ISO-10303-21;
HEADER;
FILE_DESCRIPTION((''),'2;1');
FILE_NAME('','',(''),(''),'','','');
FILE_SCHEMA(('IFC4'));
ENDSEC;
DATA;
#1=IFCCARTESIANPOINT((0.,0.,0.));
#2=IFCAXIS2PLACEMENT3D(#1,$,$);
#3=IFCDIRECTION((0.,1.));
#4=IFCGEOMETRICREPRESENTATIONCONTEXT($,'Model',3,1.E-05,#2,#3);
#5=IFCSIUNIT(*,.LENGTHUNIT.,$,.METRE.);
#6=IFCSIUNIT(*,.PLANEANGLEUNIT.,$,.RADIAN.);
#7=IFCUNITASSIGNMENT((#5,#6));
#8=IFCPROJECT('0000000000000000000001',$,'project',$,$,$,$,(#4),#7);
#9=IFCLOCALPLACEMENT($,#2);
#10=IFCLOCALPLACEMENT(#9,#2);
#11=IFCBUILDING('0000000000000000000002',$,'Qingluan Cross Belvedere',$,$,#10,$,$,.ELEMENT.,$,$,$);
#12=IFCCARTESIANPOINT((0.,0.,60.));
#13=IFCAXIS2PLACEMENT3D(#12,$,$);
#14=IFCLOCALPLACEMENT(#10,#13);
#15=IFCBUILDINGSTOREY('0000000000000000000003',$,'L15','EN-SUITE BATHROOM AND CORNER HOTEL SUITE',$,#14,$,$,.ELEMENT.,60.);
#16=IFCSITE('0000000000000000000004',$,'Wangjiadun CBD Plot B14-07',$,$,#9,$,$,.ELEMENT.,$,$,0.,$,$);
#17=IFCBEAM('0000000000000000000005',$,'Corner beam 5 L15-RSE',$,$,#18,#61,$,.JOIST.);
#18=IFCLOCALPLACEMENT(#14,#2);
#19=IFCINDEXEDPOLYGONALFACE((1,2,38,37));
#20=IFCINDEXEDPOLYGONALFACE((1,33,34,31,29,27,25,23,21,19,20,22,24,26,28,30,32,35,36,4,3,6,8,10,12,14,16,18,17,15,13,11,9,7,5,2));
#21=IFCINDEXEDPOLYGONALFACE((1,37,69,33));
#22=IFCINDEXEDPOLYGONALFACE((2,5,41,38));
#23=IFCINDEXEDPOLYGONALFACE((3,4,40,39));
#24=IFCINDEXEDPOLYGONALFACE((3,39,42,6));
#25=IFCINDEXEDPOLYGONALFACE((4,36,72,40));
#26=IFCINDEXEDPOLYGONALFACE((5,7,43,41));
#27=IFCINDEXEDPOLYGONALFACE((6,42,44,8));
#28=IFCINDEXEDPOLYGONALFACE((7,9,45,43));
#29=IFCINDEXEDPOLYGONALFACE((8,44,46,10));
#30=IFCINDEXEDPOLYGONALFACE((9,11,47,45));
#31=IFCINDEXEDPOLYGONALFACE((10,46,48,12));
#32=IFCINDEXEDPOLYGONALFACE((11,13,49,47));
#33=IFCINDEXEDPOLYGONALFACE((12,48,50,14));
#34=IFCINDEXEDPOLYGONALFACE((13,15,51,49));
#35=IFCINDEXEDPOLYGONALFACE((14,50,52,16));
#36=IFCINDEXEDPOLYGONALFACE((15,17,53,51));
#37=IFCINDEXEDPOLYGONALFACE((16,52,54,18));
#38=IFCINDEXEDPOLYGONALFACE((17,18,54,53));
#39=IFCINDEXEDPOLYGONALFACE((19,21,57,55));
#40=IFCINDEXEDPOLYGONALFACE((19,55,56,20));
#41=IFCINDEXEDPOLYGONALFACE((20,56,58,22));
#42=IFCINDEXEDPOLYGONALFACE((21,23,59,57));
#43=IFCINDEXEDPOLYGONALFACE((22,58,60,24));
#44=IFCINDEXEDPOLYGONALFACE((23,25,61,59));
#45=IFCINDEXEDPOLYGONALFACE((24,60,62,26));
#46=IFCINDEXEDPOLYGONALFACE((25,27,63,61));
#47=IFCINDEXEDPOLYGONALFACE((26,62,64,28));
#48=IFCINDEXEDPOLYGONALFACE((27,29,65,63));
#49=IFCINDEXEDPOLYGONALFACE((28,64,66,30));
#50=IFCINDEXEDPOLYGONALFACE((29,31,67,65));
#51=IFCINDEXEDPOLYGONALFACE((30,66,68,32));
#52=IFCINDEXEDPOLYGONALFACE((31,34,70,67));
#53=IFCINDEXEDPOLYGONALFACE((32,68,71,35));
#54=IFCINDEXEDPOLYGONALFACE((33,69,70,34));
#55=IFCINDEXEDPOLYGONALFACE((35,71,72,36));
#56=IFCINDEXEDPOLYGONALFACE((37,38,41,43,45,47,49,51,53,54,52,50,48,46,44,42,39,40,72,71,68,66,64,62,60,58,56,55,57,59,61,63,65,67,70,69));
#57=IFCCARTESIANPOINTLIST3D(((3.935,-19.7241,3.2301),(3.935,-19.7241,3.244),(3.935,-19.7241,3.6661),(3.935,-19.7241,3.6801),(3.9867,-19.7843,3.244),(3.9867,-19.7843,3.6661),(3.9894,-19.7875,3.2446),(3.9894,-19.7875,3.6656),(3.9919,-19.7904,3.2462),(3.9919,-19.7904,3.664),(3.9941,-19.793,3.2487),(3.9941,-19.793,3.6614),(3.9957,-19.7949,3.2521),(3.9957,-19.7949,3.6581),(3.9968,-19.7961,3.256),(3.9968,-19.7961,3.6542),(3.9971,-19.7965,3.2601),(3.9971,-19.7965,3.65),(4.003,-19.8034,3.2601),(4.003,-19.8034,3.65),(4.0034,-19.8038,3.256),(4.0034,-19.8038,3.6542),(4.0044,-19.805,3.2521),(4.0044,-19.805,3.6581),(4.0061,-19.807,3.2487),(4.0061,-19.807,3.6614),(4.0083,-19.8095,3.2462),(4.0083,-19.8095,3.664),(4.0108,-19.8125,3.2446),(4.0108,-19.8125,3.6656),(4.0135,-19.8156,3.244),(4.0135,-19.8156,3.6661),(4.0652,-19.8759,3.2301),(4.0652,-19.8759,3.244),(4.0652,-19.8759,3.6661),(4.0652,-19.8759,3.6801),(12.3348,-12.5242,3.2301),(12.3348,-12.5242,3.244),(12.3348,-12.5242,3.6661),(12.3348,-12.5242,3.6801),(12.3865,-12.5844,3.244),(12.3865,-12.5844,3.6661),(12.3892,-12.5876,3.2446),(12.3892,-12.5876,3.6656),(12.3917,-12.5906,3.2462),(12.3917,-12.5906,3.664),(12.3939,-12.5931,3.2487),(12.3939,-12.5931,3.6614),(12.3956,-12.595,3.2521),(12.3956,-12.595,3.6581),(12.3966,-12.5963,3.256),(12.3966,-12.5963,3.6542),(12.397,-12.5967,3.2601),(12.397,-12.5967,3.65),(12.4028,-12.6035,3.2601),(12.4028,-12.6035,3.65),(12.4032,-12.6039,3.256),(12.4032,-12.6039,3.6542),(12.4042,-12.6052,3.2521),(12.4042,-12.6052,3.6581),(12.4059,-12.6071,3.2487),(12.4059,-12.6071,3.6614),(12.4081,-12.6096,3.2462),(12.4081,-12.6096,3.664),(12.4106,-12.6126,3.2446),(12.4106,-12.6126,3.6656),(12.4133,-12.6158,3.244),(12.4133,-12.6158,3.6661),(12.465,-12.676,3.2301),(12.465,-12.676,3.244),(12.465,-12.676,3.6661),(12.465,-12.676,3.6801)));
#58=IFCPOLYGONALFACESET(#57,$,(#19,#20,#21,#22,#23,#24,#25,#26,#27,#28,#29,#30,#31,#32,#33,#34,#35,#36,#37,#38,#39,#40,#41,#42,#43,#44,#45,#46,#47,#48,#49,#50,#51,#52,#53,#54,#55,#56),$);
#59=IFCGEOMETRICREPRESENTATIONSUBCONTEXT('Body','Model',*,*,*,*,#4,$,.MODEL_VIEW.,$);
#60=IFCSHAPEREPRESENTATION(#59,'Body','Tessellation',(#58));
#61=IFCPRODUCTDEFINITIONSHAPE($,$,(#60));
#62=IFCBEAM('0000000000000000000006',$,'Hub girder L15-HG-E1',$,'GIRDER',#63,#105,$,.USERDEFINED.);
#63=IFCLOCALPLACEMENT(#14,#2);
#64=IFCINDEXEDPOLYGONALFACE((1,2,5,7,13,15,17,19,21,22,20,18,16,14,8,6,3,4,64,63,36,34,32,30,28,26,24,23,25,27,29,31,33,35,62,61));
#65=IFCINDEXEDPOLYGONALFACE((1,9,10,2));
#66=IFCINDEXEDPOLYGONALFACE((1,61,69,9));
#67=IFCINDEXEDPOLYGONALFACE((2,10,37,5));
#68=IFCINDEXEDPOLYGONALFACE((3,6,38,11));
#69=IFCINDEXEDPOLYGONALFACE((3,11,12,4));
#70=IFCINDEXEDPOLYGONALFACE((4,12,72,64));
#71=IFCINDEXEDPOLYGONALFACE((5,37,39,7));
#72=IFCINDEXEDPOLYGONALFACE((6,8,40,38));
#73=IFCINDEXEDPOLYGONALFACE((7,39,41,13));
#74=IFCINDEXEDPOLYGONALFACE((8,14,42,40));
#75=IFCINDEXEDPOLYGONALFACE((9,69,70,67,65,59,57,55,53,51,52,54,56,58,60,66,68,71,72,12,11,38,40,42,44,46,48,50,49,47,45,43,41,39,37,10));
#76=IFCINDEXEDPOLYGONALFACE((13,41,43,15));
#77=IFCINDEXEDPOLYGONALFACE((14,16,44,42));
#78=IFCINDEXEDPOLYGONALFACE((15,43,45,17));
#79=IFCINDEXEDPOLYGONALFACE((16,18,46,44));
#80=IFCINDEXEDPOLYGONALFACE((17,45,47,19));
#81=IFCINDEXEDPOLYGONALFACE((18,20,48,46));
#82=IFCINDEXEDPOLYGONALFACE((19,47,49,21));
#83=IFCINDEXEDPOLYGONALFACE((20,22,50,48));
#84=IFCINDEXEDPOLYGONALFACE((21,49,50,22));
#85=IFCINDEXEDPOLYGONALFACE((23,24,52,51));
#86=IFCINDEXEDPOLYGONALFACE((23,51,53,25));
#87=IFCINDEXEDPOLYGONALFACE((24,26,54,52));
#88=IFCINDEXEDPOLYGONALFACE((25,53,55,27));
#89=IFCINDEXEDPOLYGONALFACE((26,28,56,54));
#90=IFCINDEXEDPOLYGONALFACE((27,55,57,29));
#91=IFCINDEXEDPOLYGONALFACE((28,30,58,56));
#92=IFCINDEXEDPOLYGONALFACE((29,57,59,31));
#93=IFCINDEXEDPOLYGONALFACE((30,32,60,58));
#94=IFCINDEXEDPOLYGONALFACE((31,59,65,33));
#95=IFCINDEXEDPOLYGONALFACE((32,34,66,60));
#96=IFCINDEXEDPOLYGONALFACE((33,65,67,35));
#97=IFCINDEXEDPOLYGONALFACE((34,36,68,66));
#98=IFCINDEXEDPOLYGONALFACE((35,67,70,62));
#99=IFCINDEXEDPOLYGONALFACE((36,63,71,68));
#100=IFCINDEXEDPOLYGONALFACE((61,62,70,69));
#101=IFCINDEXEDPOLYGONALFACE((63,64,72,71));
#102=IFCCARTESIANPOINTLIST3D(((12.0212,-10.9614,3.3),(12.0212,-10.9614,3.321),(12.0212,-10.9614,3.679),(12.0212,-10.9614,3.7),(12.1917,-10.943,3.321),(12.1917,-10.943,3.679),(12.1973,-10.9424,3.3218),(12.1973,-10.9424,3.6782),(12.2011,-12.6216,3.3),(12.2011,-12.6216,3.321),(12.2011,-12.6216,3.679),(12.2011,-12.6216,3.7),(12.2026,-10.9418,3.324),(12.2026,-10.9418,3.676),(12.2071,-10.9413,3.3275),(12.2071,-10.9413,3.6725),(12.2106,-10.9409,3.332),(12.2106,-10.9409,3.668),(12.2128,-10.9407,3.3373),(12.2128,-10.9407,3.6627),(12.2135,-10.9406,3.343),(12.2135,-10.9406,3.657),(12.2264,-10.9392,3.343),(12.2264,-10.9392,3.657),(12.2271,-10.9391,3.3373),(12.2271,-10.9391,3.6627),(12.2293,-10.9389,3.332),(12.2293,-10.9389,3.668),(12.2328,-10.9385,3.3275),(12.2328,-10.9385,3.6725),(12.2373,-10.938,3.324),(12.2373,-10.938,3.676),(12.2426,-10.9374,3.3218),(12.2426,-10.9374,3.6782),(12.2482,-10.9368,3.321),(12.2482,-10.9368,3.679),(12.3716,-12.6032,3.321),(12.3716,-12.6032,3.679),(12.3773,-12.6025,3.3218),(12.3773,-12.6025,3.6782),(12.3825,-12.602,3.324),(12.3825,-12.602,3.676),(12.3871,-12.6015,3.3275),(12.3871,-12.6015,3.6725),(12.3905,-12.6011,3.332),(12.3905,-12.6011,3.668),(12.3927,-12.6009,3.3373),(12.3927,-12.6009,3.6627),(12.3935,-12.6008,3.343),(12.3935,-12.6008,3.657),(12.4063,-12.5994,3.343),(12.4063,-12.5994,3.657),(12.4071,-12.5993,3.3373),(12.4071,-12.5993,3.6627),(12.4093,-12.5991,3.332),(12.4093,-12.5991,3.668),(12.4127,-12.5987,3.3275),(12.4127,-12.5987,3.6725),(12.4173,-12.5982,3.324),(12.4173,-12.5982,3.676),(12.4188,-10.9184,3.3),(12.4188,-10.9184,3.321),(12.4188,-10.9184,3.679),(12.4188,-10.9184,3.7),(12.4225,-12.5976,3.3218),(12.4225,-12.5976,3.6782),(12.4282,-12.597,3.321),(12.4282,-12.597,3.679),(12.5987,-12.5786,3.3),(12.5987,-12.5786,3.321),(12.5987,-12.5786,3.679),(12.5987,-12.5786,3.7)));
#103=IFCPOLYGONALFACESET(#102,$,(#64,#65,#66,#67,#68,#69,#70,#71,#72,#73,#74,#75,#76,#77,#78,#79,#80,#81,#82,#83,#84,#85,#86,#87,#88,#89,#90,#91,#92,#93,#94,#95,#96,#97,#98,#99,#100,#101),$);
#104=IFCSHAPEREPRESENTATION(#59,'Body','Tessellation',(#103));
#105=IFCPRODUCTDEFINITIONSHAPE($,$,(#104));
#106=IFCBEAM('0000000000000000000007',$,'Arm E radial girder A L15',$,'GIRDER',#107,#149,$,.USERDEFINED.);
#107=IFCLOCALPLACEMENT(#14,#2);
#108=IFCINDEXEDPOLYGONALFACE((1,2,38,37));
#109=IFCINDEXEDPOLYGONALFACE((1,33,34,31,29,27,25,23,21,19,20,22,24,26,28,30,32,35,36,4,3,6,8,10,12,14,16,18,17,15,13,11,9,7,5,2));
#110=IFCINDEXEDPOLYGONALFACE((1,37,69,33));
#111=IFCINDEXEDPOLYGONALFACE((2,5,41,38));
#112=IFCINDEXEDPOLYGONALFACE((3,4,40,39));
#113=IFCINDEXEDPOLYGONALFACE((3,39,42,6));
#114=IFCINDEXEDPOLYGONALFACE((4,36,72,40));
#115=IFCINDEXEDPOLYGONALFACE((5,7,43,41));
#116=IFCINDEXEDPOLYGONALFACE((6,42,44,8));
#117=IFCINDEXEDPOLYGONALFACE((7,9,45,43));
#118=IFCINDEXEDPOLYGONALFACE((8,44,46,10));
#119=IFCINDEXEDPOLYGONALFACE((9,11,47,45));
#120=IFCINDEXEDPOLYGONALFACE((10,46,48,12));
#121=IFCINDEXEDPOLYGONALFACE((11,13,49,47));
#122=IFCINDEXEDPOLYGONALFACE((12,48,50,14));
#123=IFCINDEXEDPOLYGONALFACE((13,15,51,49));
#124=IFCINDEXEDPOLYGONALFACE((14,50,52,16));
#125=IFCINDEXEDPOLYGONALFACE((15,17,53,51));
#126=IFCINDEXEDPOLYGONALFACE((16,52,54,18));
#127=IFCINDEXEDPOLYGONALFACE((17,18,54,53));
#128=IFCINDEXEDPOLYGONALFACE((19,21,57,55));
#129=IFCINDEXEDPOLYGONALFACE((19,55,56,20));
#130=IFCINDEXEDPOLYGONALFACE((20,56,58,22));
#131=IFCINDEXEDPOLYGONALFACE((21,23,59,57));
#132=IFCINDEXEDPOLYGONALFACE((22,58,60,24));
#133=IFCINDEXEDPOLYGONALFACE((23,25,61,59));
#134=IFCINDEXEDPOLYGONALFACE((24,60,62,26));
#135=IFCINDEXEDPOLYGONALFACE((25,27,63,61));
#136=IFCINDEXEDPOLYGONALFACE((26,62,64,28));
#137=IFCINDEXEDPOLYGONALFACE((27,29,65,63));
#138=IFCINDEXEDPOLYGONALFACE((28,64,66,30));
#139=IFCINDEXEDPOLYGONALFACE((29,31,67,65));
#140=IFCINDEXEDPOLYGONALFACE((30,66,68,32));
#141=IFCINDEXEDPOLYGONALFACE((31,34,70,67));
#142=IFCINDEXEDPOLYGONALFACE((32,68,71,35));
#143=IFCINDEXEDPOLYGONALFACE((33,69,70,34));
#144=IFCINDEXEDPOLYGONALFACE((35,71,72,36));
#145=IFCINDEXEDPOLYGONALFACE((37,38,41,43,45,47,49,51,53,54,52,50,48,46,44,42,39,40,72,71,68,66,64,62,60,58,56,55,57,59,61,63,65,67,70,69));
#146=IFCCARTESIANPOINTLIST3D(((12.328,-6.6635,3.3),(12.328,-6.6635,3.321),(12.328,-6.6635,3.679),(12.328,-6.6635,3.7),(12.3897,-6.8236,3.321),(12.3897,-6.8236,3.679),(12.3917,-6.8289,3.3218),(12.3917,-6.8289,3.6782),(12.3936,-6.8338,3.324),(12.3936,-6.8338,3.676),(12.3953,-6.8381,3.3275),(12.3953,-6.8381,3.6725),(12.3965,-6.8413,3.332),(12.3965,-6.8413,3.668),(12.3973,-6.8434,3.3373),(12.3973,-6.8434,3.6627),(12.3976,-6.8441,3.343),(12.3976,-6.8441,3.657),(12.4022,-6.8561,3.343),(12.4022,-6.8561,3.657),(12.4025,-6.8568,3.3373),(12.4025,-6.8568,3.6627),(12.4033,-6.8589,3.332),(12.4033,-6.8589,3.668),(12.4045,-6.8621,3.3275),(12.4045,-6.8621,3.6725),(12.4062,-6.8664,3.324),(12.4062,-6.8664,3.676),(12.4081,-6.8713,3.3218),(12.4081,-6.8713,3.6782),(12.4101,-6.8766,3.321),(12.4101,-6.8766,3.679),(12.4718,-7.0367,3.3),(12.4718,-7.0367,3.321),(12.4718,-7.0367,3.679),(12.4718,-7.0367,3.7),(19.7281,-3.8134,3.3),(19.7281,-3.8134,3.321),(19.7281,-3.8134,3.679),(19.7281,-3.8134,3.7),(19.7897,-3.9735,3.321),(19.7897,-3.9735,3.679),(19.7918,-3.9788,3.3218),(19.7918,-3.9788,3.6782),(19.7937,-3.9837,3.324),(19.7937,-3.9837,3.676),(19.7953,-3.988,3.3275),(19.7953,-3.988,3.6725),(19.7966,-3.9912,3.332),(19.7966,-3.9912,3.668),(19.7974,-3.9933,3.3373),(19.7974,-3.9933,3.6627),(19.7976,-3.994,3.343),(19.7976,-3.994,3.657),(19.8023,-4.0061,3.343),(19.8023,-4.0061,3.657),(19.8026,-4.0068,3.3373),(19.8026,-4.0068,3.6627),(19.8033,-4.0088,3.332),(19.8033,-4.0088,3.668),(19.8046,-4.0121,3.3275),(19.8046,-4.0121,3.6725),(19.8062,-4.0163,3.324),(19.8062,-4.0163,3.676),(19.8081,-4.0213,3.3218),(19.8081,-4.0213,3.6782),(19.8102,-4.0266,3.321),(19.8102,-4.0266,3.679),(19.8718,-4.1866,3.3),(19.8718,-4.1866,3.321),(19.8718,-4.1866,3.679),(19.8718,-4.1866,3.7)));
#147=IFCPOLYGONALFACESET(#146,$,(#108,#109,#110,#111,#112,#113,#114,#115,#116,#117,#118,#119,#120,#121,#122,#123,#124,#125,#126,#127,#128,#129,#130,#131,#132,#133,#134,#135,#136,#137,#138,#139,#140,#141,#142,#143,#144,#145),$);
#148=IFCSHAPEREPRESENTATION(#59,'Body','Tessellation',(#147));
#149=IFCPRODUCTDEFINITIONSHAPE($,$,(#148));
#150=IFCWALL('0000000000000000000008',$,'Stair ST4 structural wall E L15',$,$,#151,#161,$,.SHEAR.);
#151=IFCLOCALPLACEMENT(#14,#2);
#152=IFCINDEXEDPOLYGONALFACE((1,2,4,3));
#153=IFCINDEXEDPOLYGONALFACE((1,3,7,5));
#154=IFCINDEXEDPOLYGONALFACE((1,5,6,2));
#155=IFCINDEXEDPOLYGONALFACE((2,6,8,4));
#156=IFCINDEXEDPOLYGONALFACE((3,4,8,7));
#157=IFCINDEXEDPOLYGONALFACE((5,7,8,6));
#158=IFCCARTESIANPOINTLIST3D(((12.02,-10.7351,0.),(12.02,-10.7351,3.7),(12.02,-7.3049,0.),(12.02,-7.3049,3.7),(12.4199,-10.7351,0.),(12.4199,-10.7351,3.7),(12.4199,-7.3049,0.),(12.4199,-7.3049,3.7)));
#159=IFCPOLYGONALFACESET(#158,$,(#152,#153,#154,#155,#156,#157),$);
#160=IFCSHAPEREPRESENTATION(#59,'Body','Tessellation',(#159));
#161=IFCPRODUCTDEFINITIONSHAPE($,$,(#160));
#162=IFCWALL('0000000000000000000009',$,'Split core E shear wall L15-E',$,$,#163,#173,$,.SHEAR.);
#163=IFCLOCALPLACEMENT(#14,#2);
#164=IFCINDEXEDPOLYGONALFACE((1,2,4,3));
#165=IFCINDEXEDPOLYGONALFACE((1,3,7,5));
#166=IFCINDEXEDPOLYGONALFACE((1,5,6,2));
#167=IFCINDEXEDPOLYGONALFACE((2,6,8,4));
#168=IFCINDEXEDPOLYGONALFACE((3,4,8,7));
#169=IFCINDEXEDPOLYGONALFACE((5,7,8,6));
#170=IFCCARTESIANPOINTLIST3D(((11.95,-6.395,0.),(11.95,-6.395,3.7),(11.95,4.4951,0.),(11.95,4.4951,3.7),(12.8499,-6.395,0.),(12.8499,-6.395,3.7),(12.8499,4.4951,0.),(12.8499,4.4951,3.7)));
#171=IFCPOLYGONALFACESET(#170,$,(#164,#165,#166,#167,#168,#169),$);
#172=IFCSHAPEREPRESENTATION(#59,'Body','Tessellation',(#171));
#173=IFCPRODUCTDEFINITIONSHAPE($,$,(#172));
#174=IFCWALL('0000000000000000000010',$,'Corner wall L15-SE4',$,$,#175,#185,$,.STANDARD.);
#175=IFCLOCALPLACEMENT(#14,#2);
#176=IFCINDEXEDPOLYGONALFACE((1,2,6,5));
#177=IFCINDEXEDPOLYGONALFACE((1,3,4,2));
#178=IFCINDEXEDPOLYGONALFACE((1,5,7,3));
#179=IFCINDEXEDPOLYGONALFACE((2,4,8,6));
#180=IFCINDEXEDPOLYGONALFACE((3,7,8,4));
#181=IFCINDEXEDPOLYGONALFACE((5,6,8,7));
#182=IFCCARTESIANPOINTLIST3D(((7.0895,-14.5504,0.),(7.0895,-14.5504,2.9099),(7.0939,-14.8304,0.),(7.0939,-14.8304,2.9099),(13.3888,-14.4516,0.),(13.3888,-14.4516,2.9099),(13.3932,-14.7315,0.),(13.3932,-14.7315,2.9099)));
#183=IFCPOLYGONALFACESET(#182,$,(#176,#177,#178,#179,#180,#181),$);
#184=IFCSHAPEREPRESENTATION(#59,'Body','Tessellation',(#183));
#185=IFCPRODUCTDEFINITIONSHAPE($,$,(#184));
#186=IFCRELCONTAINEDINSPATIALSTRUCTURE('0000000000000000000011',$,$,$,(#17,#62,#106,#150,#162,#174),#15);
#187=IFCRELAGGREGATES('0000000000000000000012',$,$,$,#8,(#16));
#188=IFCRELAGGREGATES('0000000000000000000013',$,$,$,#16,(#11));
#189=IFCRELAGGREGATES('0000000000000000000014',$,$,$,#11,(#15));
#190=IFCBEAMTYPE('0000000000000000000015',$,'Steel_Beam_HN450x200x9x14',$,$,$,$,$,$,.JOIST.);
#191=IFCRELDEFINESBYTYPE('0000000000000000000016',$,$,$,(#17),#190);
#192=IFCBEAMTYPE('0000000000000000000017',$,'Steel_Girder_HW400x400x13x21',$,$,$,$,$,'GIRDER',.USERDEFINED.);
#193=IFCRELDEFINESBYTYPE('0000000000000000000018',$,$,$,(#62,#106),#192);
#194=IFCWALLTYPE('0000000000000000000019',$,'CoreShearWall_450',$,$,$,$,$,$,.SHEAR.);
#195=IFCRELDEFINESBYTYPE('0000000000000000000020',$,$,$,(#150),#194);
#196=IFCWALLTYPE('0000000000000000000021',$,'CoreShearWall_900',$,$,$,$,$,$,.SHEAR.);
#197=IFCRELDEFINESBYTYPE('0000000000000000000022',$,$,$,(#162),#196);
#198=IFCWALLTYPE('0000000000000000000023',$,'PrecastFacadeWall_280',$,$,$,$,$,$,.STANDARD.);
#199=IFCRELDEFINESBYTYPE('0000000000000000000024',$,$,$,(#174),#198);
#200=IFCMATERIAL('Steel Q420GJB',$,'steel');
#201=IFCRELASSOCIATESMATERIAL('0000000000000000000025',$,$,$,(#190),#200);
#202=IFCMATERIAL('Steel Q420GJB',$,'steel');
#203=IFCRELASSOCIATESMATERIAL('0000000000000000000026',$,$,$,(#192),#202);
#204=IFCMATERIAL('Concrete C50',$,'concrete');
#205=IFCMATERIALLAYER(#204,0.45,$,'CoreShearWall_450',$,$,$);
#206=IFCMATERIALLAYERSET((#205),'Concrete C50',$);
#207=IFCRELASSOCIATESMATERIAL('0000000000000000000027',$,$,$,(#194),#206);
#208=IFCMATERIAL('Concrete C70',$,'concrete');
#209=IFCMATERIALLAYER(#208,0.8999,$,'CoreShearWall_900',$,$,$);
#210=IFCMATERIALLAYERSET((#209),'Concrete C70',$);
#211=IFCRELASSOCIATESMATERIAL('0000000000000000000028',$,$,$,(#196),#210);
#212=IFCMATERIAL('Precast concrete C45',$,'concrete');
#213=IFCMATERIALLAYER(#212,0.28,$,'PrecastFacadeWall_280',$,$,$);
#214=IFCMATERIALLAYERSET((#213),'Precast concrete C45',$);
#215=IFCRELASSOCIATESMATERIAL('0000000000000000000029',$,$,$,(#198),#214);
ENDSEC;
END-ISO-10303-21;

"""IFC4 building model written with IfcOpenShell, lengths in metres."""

from ifc_helpers import new_model, si_unit, direction, frame, frame_2d, origin, origin_2d, place, context, subcontext, project, spatial, rectangle, i_section, extrude, material, layer, layer_set, material_profile, profile_set, type_object, element, save


model = new_model("IFC4")

# Units and contexts
model_context = context("Model", 3, precision=1e-05, world=origin(), true_north=direction((0.0, 1.0)))
body_context = subcontext(model_context, "Body", "Model", "MODEL_VIEW")
ifc_project = project(units=[si_unit("LENGTHUNIT", "METRE"), si_unit("PLANEANGLEUNIT", "RADIAN")], contexts=[model_context])

# Site, building, storey
site_placement = place(None, origin())
site = spatial("IfcSite", under=ifc_project, at=site_placement, Name="Wangjiadun CBD Plot B14-07", CompositionType="ELEMENT", RefElevation=0.0)
building_placement = place(site_placement, origin())
building = spatial("IfcBuilding", under=site, at=building_placement, Name="Qingluan Cross Belvedere", CompositionType="ELEMENT")
storey_placement = place(building_placement, frame((0.0, 0.0, 60.0)))
storey = spatial("IfcBuildingStorey", under=building, at=storey_placement, Name="L15", Description="EN-SUITE BATHROOM AND CORNER HOTEL SUITE", CompositionType="ELEMENT", Elevation=60.0)

# Beams
ifc_material_1 = material(Name="Steel Q420GJB", Category="steel")
ifc_material_profile_1 = material_profile(ifc_material_1, i_section(OverallWidth=0.2, OverallDepth=0.45, WebThickness=0.009, FlangeThickness=0.0139, FilletRadius=0.0161, at=origin_2d()), Name="HN450x200x9x14")
ifc_profile_set_1 = profile_set([ifc_material_profile_1], Name="Steel Q420GJB")
beam_type_1 = type_object("IfcBeamType", Name="Steel_Beam_HN450x200x9x14", PredefinedType="JOIST", material=ifc_profile_set_1)
beam_1_placement = place(storey_placement, frame((12.3999, -12.6001, 3.4551), z_axis=(-0.759255, -0.650793, 0.0), x_axis=(0.650793, -0.759255, 0.0)))
element("IfcBeam", 1, at=beam_1_placement, inside=storey, type_object=beam_type_1, Name="Corner beam 5 L15-RSE", PredefinedType="JOIST", context=body_context, shape_type="SweptSolid", body=[
    extrude(i_section(OverallWidth=0.2, OverallDepth=0.45, WebThickness=0.009, FlangeThickness=0.0139, FilletRadius=0.0161, at=origin_2d()), origin(), (0.0, 0.0, 1.0), 11.0632),
])
ifc_material_2 = material(Name="Steel Q420GJB", Category="steel")
ifc_material_profile_2 = material_profile(ifc_material_2, i_section(OverallWidth=0.3999, OverallDepth=0.3999, WebThickness=0.0129, FlangeThickness=0.021, FilletRadius=0.022, at=origin_2d()), Name="HW400x400x13x21")
ifc_profile_set_2 = profile_set([ifc_material_profile_2], Name="Steel Q420GJB")
beam_type_2 = type_object("IfcBeamType", Name="Steel_Girder_HW400x400x13x21", ElementType="GIRDER", PredefinedType="USERDEFINED", material=ifc_profile_set_2)
beam_2_placement = place(storey_placement, frame((12.3999, -12.6001, 3.5), z_axis=(-0.107751, 0.994178, 0.0), x_axis=(-0.994178, -0.107751, 0.0)))
element("IfcBeam", 2, at=beam_2_placement, inside=storey, type_object=beam_type_2, Name="Hub girder L15-HG-E1", ObjectType="GIRDER", PredefinedType="USERDEFINED", context=body_context, shape_type="SweptSolid", body=[
    extrude(i_section(OverallWidth=0.3999, OverallDepth=0.3999, WebThickness=0.0129, FlangeThickness=0.021, FilletRadius=0.022, at=origin_2d()), origin(), (0.0, 0.0, 1.0), 1.6699),
])
beam_3_placement = place(storey_placement, frame((12.3999, -6.8501, 3.5), z_axis=(0.933181, 0.359406, 0.0), x_axis=(-0.359406, 0.933181, 0.0)))
element("IfcBeam", 3, at=beam_3_placement, inside=storey, type_object=beam_type_2, Name="Arm E radial girder A L15", ObjectType="GIRDER", PredefinedType="USERDEFINED", context=body_context, shape_type="SweptSolid", body=[
    extrude(i_section(OverallWidth=0.3999, OverallDepth=0.3999, WebThickness=0.0129, FlangeThickness=0.021, FilletRadius=0.022, at=origin_2d()), origin(), (0.0, 0.0, 1.0), 7.9299),
])

# Walls
ifc_material_3 = material(Name="Concrete C50", Category="concrete")
ifc_layer_1 = layer(ifc_material_3, 0.45, Name="CoreShearWall_450")
ifc_layer_set_1 = layer_set([ifc_layer_1], Name="Concrete C50")
wall_type_1 = type_object("IfcWallType", Name="CoreShearWall_450", PredefinedType="SHEAR", material=ifc_layer_set_1)
wall_1_placement = place(storey_placement, frame((12.22, -10.7351, 0.0), z_axis=(0.0, 0.0, 1.0), x_axis=(0.0, 1.0, 0.0)))
element("IfcWall", 4, at=wall_1_placement, inside=storey, type_object=wall_type_1, Name="Stair ST4 structural wall E L15", PredefinedType="SHEAR", context=body_context, shape_type="SweptSolid", body=[
    extrude(rectangle(XDim=3.4302, YDim=0.3999, at=frame_2d((1.7151, 0.0))), origin(), (0.0, 0.0, 1.0), 3.7),
])
ifc_material_4 = material(Name="Concrete C70", Category="concrete")
ifc_layer_2 = layer(ifc_material_4, 0.8999, Name="CoreShearWall_900")
ifc_layer_set_2 = layer_set([ifc_layer_2], Name="Concrete C70")
wall_type_2 = type_object("IfcWallType", Name="CoreShearWall_900", PredefinedType="SHEAR", material=ifc_layer_set_2)
wall_2_placement = place(storey_placement, frame((12.3999, -6.395, 0.0), z_axis=(0.0, 0.0, 1.0), x_axis=(0.0, 1.0, 0.0)))
element("IfcWall", 5, at=wall_2_placement, inside=storey, type_object=wall_type_2, Name="Split core E shear wall L15-E", PredefinedType="SHEAR", context=body_context, shape_type="SweptSolid", body=[
    extrude(rectangle(XDim=10.8901, YDim=0.8999, at=frame_2d((5.4451, 0.0))), origin(), (0.0, 0.0, 1.0), 3.7),
])
ifc_material_5 = material(Name="Precast concrete C45", Category="concrete")
ifc_layer_3 = layer(ifc_material_5, 0.28, Name="PrecastFacadeWall_280")
ifc_layer_set_3 = layer_set([ifc_layer_3], Name="Precast concrete C45")
wall_type_3 = type_object("IfcWallType", Name="PrecastFacadeWall_280", PredefinedType="STANDARD", material=ifc_layer_set_3)
wall_3_placement = place(storey_placement, frame((13.3909, -14.5916, 0.0), z_axis=(0.0, 0.0, 1.0), x_axis=(-0.999877, -0.015695, 0.0)))
element("IfcWall", 6, at=wall_3_placement, inside=storey, type_object=wall_type_3, Name="Corner wall L15-SE4", PredefinedType="STANDARD", context=body_context, shape_type="SweptSolid", body=[
    extrude(rectangle(XDim=6.3, YDim=0.28, at=frame_2d((3.1499, 0.0))), origin(), (0.0, 0.0, 1.0), 2.9099),
])

save(model, "model.ifc")
